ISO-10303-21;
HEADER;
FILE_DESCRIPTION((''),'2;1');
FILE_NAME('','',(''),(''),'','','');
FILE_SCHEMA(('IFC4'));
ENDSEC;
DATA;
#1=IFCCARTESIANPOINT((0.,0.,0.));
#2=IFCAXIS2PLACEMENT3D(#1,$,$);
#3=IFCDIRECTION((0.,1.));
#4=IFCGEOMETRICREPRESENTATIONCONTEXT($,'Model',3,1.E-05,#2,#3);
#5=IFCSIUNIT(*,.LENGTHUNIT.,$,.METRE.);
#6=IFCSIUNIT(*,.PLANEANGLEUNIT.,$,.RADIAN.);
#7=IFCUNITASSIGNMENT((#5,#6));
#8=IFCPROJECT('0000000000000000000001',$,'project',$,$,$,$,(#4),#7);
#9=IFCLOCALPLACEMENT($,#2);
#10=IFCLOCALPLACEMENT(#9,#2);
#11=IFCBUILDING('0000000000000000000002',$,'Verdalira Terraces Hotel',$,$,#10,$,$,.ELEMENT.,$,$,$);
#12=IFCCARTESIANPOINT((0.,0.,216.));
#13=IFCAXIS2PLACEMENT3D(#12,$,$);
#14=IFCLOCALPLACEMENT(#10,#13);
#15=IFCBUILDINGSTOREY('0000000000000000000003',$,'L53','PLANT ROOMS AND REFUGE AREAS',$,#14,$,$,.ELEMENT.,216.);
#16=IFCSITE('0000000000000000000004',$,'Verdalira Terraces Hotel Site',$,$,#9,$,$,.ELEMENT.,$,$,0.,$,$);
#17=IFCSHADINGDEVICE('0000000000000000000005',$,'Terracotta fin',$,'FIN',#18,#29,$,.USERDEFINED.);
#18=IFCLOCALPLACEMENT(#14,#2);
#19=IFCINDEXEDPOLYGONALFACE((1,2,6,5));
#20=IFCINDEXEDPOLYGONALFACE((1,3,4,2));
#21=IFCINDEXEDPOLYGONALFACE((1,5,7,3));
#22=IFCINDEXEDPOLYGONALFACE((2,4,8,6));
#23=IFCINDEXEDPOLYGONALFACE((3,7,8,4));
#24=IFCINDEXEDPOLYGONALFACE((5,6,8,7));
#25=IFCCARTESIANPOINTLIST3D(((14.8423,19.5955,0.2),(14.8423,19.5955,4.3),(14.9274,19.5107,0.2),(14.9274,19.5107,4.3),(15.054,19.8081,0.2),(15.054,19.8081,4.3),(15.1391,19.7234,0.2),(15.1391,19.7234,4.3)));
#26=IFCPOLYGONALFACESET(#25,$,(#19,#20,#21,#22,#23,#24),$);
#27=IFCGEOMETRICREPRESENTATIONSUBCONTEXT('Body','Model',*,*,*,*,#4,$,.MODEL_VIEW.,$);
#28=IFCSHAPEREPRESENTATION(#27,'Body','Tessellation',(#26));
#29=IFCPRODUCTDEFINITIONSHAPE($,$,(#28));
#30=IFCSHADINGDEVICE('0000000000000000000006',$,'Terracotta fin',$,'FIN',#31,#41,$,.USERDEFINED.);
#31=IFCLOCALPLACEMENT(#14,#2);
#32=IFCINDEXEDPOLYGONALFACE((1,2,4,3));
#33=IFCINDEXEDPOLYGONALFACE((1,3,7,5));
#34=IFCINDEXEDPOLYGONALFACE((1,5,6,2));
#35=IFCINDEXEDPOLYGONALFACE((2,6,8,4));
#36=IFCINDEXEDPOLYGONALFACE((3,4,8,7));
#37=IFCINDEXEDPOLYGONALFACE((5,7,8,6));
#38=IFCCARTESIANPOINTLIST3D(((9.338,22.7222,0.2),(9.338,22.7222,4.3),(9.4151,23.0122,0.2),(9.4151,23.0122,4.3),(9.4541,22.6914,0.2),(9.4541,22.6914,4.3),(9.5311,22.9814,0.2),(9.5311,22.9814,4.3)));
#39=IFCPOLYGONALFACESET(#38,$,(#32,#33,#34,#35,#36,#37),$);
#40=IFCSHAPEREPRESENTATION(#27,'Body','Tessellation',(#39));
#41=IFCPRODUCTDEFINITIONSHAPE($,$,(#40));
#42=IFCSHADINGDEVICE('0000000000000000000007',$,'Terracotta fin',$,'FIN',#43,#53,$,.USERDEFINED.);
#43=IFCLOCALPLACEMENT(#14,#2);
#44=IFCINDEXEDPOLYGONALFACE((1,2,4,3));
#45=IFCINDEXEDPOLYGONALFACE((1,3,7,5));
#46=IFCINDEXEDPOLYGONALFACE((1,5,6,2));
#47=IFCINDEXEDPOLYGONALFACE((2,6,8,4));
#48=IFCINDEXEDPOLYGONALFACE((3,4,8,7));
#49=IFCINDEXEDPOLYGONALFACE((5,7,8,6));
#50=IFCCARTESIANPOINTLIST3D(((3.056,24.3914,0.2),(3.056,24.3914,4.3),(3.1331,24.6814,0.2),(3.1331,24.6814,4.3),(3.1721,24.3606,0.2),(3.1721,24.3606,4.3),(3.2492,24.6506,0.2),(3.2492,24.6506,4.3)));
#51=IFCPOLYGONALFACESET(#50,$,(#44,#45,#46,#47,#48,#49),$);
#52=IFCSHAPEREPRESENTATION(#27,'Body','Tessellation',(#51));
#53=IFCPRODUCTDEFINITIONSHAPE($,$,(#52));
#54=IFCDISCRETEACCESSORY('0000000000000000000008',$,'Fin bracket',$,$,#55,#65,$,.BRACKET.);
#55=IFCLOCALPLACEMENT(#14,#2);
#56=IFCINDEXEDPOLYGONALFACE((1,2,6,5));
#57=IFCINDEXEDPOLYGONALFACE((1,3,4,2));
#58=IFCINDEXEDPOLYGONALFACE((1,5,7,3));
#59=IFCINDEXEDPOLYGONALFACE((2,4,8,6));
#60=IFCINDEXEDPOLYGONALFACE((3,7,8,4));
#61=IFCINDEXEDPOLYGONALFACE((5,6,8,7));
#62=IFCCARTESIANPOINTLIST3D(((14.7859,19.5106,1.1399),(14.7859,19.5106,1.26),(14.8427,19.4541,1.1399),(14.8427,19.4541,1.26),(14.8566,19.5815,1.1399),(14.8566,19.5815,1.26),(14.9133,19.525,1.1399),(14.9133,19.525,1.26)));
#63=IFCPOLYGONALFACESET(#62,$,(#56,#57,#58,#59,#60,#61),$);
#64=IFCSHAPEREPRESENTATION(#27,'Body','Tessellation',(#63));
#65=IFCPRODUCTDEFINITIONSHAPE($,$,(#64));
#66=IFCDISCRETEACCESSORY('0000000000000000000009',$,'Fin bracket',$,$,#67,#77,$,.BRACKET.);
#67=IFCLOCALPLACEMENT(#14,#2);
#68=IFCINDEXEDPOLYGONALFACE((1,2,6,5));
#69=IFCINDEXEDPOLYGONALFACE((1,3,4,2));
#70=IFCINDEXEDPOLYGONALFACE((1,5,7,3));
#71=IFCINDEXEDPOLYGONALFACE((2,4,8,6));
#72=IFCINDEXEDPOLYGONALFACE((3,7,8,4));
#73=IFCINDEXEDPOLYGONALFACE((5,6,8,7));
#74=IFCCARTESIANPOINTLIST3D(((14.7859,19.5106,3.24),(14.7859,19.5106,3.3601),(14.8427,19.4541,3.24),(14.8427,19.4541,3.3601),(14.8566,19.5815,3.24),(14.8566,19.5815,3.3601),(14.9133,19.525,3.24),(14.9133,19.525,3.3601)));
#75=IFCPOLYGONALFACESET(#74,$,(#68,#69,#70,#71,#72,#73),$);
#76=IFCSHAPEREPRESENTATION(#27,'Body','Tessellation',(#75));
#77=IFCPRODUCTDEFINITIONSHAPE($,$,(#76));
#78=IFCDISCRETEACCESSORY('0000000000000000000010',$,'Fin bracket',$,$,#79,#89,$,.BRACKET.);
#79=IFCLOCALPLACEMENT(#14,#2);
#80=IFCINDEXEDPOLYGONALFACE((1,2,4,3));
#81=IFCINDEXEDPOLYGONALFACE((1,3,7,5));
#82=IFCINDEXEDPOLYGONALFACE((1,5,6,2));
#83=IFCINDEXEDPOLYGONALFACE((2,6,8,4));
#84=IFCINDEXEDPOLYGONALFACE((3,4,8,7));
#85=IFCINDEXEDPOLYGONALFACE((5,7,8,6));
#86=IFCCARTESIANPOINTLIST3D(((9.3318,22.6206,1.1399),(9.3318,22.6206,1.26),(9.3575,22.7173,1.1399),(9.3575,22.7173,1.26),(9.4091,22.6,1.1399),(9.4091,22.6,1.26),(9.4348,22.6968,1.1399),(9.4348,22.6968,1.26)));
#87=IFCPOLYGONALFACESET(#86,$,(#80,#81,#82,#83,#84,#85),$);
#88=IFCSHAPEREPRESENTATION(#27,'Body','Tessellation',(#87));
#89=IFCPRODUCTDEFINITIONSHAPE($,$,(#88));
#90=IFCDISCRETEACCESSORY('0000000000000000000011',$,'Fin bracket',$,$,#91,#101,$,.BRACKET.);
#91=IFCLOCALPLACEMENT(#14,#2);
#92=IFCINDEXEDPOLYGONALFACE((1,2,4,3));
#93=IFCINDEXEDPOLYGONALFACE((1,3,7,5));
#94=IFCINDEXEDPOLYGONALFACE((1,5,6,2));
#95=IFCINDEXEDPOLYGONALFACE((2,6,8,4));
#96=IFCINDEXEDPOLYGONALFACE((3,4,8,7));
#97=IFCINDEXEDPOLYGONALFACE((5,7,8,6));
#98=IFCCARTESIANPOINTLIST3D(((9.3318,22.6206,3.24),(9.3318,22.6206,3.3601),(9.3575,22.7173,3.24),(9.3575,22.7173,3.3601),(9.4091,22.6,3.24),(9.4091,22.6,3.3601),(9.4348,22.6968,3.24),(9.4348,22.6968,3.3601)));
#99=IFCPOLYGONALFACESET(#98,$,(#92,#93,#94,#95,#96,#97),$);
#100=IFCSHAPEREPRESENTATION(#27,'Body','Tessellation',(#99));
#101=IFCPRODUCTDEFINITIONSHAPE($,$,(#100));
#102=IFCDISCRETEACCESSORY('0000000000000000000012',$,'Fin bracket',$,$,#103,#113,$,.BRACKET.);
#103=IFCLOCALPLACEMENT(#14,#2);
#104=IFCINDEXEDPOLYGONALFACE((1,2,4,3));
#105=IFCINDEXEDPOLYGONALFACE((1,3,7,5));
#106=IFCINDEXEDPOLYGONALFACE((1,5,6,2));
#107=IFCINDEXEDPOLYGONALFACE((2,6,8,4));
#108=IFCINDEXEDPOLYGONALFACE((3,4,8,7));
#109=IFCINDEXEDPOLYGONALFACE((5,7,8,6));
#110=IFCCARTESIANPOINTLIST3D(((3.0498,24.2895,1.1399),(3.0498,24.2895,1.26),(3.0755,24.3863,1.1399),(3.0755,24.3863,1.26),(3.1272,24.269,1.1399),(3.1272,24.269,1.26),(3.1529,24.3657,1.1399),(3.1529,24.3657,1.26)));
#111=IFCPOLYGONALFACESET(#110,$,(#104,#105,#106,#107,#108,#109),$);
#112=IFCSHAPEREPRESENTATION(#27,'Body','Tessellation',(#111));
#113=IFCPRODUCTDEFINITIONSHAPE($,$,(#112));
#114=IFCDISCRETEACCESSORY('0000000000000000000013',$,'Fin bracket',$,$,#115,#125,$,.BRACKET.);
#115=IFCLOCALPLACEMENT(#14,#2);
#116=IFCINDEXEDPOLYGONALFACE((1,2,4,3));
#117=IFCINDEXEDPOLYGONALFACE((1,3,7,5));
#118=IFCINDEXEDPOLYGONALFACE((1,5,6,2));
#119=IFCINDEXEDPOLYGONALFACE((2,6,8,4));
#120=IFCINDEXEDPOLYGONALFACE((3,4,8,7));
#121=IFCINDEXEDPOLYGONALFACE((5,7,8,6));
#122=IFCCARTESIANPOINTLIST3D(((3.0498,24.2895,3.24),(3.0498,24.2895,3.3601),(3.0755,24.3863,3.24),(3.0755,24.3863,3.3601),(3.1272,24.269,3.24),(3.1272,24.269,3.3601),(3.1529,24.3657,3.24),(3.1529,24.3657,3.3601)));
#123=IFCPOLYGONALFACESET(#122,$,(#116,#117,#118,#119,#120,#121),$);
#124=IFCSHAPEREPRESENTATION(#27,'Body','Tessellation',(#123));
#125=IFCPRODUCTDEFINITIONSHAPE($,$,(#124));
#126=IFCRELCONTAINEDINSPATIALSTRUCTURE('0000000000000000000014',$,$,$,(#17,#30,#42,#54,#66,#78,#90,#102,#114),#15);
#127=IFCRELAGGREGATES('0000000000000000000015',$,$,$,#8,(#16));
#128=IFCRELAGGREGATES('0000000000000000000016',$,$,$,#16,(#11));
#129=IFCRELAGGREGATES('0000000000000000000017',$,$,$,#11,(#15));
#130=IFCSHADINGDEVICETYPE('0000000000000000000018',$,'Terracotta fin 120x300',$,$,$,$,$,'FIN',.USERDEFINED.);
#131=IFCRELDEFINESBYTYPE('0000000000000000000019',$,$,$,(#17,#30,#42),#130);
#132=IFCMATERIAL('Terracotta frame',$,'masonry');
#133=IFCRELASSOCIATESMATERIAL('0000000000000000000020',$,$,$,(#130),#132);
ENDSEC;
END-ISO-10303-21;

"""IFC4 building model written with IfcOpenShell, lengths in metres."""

from ifc_helpers import new_model, si_unit, direction, frame, origin, origin_2d, place, context, subcontext, project, spatial, rectangle, extrude, material, material_profile, profile_set, type_object, element, save


model = new_model("IFC4")

# Units and contexts
model_context = context("Model", 3, precision=1e-05, world=origin(), true_north=direction((0.0, 1.0)))
body_context = subcontext(model_context, "Body", "Model", "MODEL_VIEW")
ifc_project = project(units=[si_unit("LENGTHUNIT", "METRE"), si_unit("PLANEANGLEUNIT", "RADIAN")], contexts=[model_context])

# Site, building, storey
site_placement = place(None, origin())
site = spatial("IfcSite", under=ifc_project, at=site_placement, Name="Verdalira Terraces Hotel Site", CompositionType="ELEMENT", RefElevation=0.0)
building_placement = place(site_placement, origin())
building = spatial("IfcBuilding", under=site, at=building_placement, Name="Verdalira Terraces Hotel", CompositionType="ELEMENT")
storey_placement = place(building_placement, frame((0.0, 0.0, 216.0)))
storey = spatial("IfcBuildingStorey", under=building, at=storey_placement, Name="L53", Description="PLANT ROOMS AND REFUGE AREAS", CompositionType="ELEMENT", Elevation=216.0)

# Shading devices
ifc_material_1 = material(Name="Terracotta frame", Category="masonry")
ifc_material_profile_1 = material_profile(ifc_material_1, rectangle(XDim=0.1201, YDim=0.3, at=origin_2d()), Name="FIN 120x300")
ifc_profile_set_1 = profile_set([ifc_material_profile_1], Name="Terracotta frame")
shading_device_type = type_object("IfcShadingDeviceType", Name="Terracotta fin 120x300", ElementType="FIN", PredefinedType="USERDEFINED", material=ifc_profile_set_1)
for number, where, z_axis, x_axis, name in (
    (1, (14.9907, 19.6594, 0.2), (0.0, 0.0, 1.0), (-0.708586, 0.705624, 0.0), "Terracotta fin"),
    (2, (9.4346, 22.8518, 0.2), (0.0, 0.0, 1.0), (-0.966466, 0.256795, 0.0), "Terracotta fin"),
    (3, (3.1526, 24.521, 0.2), (0.0, 0.0, 1.0), (-0.966466, 0.256795, 0.0), "Terracotta fin"),
):
    element("IfcShadingDevice", number, at=place(storey_placement, frame(where, z_axis=z_axis, x_axis=x_axis)), inside=storey, type_object=shading_device_type, Name=name, ObjectType="FIN", PredefinedType="USERDEFINED", context=body_context, shape_type="SweptSolid", body=[
        extrude(rectangle(XDim=0.1201, YDim=0.3, at=origin_2d()), origin(), (0.0, 0.0, 1.0), 4.1001),
    ])

# Discrete accessories
for number, where, z_axis, x_axis, name in (
    (4, (14.8496, 19.5178, 1.1399), (0.0, 0.0, 1.0), (-0.708586, 0.705624, 0.0), "Fin bracket"),
    (5, (14.8496, 19.5178, 3.24), (0.0, 0.0, 1.0), (-0.708586, 0.705624, 0.0), "Fin bracket"),
    (6, (9.3833, 22.6587, 1.1399), (0.0, 0.0, 1.0), (-0.966466, 0.256795, 0.0), "Fin bracket"),
    (7, (9.3833, 22.6587, 3.24), (0.0, 0.0, 1.0), (-0.966466, 0.256795, 0.0), "Fin bracket"),
    (8, (3.1013, 24.3276, 1.1399), (0.0, 0.0, 1.0), (-0.966466, 0.256795, 0.0), "Fin bracket"),
    (9, (3.1013, 24.3276, 3.24), (0.0, 0.0, 1.0), (-0.966466, 0.256795, 0.0), "Fin bracket"),
):
    element("IfcDiscreteAccessory", number, at=place(storey_placement, frame(where, z_axis=z_axis, x_axis=x_axis)), inside=storey, Name=name, PredefinedType="BRACKET", context=body_context, shape_type="SweptSolid", body=[
        extrude(rectangle(XDim=0.0801, YDim=0.1001, at=origin_2d()), origin(), (0.0, 0.0, 1.0), 0.1201),
    ])

save(model, "model.ifc")
